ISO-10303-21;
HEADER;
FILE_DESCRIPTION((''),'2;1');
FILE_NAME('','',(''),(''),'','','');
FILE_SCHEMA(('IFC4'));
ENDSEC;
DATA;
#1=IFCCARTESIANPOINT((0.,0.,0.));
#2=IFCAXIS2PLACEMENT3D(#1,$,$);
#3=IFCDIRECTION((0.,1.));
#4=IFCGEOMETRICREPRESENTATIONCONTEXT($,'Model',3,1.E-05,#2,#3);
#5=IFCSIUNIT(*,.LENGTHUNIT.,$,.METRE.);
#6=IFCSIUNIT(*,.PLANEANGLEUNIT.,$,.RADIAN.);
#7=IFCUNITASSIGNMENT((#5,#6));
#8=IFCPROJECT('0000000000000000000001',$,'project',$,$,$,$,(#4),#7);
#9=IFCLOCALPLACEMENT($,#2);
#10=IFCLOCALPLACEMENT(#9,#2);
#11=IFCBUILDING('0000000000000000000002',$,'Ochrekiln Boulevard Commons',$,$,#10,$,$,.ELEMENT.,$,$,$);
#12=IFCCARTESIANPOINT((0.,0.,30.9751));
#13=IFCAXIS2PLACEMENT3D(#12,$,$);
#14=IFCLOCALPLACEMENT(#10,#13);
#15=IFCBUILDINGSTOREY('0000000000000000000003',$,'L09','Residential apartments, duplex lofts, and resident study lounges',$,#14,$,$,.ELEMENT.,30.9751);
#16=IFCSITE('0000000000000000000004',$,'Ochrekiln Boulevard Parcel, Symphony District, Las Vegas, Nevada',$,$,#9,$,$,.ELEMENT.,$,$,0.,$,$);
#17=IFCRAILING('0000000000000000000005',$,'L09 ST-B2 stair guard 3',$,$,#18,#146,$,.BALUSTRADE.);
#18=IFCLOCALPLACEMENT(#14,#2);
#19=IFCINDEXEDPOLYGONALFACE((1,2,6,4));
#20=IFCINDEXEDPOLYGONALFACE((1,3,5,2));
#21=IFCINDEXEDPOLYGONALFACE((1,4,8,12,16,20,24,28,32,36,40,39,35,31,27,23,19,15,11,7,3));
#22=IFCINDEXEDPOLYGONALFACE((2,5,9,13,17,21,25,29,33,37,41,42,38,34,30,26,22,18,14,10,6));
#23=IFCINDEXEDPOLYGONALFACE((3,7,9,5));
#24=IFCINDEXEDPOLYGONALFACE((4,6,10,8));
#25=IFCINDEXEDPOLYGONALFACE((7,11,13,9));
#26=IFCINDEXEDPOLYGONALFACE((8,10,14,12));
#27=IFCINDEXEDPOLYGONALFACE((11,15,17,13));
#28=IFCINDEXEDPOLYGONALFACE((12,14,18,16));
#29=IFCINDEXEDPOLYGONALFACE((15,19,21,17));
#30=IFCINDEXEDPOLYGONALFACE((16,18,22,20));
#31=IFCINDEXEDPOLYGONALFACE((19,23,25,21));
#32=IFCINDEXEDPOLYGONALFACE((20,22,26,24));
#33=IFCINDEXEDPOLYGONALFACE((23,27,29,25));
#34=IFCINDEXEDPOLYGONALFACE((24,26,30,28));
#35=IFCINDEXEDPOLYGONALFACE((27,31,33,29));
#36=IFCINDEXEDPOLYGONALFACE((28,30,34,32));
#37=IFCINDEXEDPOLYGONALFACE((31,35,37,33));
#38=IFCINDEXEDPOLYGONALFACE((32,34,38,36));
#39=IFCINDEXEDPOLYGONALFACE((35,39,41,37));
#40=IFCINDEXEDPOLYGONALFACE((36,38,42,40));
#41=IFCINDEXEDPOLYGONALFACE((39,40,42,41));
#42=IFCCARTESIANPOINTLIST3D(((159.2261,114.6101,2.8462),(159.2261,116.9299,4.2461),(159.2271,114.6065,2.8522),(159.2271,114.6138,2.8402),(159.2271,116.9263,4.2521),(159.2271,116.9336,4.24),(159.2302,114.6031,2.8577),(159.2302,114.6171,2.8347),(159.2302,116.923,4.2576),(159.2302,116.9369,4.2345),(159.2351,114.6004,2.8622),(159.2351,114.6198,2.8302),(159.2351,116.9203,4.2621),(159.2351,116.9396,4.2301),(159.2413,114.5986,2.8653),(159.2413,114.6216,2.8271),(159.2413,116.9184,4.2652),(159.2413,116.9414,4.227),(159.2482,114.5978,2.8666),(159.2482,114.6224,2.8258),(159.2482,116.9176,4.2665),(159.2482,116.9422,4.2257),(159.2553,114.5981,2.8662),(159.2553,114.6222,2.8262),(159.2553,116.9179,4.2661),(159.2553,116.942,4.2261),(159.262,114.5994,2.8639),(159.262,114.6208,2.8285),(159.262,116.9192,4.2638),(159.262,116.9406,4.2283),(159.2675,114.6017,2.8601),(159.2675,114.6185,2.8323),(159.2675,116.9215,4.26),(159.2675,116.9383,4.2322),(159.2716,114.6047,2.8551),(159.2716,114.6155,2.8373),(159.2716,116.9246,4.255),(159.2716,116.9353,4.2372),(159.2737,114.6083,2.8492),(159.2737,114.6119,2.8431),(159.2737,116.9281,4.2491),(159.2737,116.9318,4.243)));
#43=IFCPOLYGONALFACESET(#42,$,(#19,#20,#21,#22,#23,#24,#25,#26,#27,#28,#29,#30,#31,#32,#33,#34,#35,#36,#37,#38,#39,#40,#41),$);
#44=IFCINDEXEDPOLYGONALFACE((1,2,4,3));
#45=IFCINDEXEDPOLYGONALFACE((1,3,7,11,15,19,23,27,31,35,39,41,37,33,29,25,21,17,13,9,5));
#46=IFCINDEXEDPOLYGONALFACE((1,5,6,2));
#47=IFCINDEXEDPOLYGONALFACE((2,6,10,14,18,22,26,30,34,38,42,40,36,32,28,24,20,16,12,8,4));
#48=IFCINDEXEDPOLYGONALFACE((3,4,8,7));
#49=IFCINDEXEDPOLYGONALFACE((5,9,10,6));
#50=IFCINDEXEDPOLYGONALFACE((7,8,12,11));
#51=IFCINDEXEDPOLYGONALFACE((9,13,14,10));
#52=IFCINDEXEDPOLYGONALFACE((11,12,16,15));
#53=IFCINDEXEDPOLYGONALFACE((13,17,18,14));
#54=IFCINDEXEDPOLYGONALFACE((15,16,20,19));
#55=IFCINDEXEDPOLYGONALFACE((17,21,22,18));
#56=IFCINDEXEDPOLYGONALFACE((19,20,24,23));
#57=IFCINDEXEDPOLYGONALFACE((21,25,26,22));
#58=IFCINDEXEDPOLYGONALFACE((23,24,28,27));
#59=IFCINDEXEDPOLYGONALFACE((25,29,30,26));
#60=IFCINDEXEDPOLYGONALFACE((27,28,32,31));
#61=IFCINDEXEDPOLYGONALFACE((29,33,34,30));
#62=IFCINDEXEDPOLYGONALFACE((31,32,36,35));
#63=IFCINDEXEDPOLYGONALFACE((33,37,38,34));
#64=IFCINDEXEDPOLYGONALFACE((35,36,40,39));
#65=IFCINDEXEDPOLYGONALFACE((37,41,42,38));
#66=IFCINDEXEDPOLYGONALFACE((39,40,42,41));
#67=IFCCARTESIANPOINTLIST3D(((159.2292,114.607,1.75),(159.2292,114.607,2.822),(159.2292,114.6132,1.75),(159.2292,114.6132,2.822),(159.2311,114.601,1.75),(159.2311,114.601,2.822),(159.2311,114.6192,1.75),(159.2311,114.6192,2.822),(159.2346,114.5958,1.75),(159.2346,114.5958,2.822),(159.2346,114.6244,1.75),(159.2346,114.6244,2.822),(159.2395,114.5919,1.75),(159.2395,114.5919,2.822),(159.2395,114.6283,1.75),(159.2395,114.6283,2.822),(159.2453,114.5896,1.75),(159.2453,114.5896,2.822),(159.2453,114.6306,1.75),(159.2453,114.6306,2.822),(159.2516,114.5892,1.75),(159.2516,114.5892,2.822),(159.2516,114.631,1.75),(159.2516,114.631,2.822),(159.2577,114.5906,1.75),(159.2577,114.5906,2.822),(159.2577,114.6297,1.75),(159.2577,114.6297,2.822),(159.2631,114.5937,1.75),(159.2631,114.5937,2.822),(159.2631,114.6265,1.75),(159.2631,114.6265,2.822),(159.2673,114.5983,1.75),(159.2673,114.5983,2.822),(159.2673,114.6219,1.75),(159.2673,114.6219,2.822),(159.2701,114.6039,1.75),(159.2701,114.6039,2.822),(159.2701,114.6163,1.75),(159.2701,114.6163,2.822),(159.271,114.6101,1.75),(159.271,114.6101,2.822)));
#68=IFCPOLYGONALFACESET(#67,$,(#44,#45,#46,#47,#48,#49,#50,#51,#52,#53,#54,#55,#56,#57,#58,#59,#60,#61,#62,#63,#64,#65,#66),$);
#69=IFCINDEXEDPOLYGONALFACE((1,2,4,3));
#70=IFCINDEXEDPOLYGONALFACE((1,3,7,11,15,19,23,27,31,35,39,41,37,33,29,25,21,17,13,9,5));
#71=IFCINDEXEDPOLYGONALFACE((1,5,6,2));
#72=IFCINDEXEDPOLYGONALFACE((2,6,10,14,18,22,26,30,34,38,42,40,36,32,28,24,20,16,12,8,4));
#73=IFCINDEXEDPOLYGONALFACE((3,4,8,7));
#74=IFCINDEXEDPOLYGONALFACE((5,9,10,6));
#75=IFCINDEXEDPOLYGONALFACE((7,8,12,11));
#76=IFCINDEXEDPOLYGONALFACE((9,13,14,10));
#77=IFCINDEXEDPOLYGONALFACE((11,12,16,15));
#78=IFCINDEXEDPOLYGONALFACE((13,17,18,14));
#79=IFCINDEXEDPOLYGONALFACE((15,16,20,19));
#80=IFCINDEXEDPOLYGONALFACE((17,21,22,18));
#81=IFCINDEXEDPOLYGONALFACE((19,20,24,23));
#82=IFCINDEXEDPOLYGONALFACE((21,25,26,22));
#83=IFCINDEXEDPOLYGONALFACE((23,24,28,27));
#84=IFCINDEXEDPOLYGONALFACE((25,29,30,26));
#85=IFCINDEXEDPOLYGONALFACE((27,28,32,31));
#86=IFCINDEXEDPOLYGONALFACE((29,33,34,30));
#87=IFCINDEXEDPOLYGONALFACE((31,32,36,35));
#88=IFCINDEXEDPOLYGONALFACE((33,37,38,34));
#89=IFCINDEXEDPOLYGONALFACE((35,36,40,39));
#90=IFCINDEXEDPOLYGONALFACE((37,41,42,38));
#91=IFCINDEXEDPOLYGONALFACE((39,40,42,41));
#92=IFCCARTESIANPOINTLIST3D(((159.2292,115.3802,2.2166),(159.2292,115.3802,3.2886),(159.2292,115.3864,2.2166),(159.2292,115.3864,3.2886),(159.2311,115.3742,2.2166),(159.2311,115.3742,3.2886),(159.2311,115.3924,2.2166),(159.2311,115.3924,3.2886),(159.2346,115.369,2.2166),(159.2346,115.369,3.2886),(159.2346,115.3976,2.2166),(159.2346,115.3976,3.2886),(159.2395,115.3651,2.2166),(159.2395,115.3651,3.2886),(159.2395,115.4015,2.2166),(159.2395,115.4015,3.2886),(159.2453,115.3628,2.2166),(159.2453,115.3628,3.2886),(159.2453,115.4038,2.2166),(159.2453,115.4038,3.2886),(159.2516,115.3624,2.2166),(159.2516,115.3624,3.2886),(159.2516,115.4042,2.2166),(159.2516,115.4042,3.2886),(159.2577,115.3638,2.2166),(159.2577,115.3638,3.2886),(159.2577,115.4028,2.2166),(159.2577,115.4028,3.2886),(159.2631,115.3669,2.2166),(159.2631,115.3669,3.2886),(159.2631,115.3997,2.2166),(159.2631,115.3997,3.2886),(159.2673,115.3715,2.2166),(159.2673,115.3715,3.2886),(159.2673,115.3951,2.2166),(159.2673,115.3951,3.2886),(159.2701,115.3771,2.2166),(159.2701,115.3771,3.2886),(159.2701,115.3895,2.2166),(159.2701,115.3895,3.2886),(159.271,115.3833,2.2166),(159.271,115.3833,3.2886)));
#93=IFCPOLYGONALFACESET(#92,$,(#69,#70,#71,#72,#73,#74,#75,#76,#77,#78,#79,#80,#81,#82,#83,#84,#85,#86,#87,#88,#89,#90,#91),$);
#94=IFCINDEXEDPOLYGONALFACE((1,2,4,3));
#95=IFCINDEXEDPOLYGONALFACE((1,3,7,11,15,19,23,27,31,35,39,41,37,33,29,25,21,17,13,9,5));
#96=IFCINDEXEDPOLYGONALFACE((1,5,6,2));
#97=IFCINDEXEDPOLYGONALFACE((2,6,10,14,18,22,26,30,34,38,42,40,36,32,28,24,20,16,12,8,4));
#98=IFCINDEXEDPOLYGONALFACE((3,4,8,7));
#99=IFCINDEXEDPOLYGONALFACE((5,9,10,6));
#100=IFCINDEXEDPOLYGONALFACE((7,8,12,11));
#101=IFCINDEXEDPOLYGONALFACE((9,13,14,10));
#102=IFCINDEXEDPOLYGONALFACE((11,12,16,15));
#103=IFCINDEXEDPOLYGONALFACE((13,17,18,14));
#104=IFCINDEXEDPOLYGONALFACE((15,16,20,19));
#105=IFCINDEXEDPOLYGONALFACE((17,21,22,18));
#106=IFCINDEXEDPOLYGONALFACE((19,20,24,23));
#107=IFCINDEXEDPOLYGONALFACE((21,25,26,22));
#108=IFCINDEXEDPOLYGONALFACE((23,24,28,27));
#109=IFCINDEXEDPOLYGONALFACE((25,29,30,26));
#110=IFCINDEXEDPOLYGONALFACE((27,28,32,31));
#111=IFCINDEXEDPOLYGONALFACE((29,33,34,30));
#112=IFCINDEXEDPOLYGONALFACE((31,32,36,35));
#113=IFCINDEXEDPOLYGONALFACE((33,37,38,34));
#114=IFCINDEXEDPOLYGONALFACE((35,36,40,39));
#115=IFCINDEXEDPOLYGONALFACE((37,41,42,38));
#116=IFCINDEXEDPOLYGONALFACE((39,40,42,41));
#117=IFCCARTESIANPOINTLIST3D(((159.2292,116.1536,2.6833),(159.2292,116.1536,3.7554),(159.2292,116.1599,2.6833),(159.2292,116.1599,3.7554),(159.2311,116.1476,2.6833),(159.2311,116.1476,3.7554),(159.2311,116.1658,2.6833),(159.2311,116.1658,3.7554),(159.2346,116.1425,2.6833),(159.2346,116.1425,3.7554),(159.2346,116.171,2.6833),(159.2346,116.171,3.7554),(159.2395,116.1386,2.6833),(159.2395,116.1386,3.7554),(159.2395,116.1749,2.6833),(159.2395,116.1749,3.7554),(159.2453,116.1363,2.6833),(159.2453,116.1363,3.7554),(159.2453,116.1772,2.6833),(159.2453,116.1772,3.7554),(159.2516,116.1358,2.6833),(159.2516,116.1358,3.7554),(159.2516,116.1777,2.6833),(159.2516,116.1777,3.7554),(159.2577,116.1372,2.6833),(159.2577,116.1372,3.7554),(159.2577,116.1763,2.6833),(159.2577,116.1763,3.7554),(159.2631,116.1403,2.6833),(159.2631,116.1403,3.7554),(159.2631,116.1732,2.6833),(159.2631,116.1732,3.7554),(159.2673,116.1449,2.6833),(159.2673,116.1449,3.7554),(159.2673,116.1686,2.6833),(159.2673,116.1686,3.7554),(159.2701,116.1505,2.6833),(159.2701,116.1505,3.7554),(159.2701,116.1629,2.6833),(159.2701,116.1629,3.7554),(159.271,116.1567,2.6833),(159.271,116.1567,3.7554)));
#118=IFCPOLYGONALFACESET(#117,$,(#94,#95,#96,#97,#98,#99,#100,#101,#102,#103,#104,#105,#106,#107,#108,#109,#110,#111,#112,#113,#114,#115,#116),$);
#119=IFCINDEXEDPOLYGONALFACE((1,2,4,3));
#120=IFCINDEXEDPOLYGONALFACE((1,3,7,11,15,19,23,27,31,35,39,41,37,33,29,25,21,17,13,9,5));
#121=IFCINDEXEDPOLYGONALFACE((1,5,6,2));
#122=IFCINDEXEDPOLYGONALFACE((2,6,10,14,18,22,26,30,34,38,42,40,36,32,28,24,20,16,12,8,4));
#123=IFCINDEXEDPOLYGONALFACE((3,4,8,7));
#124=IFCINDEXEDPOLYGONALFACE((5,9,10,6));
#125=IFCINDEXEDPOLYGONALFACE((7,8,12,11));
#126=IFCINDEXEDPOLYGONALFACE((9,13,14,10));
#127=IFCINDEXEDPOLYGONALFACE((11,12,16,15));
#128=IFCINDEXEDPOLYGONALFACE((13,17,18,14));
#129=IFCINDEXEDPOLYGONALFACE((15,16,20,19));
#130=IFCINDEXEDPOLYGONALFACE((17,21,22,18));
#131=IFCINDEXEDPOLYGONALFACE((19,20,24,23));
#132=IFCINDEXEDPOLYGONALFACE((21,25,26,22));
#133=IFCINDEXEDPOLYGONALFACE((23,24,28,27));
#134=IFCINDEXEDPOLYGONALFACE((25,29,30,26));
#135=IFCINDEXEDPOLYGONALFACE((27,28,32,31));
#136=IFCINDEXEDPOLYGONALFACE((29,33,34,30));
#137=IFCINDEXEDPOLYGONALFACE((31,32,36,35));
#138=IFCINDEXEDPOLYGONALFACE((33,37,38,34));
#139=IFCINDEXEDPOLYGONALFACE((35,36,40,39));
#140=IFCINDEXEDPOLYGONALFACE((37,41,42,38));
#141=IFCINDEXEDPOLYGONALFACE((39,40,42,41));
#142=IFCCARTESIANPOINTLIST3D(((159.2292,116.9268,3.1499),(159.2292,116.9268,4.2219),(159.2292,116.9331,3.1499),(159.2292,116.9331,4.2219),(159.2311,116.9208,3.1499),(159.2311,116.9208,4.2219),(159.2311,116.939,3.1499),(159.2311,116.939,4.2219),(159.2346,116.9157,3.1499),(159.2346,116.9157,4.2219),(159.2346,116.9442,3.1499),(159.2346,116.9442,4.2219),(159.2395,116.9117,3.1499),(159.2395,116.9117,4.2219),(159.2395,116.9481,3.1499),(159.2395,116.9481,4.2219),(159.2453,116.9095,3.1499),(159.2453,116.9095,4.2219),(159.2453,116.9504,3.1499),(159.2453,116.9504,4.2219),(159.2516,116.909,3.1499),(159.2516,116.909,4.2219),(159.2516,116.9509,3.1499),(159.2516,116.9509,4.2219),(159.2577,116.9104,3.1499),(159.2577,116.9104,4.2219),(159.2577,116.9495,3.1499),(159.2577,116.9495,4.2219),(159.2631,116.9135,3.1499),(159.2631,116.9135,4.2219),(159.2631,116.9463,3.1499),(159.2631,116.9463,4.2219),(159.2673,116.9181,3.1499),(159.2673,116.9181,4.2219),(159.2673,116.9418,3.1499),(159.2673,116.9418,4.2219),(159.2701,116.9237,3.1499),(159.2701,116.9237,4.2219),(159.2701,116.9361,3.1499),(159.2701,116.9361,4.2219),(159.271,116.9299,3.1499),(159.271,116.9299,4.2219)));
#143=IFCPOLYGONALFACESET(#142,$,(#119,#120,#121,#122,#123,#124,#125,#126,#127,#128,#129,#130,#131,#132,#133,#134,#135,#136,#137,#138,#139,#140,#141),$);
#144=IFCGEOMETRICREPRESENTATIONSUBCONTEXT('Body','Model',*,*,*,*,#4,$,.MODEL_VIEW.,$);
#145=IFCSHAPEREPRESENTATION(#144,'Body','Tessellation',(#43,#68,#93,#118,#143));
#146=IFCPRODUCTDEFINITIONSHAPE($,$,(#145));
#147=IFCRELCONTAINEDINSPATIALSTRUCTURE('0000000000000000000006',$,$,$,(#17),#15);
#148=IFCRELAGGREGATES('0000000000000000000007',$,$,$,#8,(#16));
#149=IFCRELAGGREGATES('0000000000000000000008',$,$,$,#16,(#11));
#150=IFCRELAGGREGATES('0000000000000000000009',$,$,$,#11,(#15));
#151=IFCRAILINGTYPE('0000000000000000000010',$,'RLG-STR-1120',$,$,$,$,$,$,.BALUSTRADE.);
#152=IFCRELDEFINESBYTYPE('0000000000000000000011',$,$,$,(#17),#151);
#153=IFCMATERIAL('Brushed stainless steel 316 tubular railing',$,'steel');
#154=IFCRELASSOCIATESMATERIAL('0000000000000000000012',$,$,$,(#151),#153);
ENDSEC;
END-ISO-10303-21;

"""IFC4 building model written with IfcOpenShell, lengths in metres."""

from ifc_helpers import new_model, si_unit, direction, frame, origin, origin_2d, place, context, subcontext, project, spatial, circle, extrude, material, type_object, element, save


model = new_model("IFC4")

# Units and contexts
model_context = context("Model", 3, precision=1e-05, world=origin(), true_north=direction((0.0, 1.0)))
body_context = subcontext(model_context, "Body", "Model", "MODEL_VIEW")
ifc_project = project(units=[si_unit("LENGTHUNIT", "METRE"), si_unit("PLANEANGLEUNIT", "RADIAN")], contexts=[model_context])

# Site, building, storey
site_placement = place(None, origin())
site = spatial("IfcSite", under=ifc_project, at=site_placement, Name="Ochrekiln Boulevard Parcel, Symphony District, Las Vegas, Nevada", CompositionType="ELEMENT", RefElevation=0.0)
building_placement = place(site_placement, origin())
building = spatial("IfcBuilding", under=site, at=building_placement, Name="Ochrekiln Boulevard Commons", CompositionType="ELEMENT")
storey_placement = place(building_placement, frame((0.0, 0.0, 30.9751)))
storey = spatial("IfcBuildingStorey", under=building, at=storey_placement, Name="L09", Description="Residential apartments, duplex lofts, and resident study lounges", CompositionType="ELEMENT", Elevation=30.9751)

# Railing
ifc_material_1 = material(Name="Brushed stainless steel 316 tubular railing", Category="steel")
railing_type_1 = type_object("IfcRailingType", Name="RLG-STR-1120", PredefinedType="BALUSTRADE", material=ifc_material_1)
railing_1_placement = place(storey_placement, frame((159.25, 114.6101, 1.75)))
element("IfcRailing", 1, at=railing_1_placement, inside=storey, type_object=railing_type_1, Name="L09 ST-B2 stair guard 3", PredefinedType="BALUSTRADE", context=body_context, shape_type="SweptSolid", body=[
    extrude(circle(Radius=0.0239, at=origin_2d()), frame((0.0, 0.0, 1.0962), z_axis=(0.0, 0.856186, 0.516667), x_axis=(-1.0, 0.0, 0.0)), (0.0, 0.0, 1.0), 2.7095),
    extrude(circle(Radius=0.021, at=origin_2d()), origin(), (0.0, 0.0, 1.0), 1.072),
    extrude(circle(Radius=0.021, at=origin_2d()), frame((0.0, 0.7732, 0.4666)), (0.0, 0.0, 1.0), 1.072),
    extrude(circle(Radius=0.021, at=origin_2d()), frame((0.0, 1.5466, 0.9333)), (0.0, 0.0, 1.0), 1.072),
    extrude(circle(Radius=0.021, at=origin_2d()), frame((0.0, 2.3198, 1.3999)), (0.0, 0.0, 1.0), 1.072),
])

save(model, "model.ifc")
